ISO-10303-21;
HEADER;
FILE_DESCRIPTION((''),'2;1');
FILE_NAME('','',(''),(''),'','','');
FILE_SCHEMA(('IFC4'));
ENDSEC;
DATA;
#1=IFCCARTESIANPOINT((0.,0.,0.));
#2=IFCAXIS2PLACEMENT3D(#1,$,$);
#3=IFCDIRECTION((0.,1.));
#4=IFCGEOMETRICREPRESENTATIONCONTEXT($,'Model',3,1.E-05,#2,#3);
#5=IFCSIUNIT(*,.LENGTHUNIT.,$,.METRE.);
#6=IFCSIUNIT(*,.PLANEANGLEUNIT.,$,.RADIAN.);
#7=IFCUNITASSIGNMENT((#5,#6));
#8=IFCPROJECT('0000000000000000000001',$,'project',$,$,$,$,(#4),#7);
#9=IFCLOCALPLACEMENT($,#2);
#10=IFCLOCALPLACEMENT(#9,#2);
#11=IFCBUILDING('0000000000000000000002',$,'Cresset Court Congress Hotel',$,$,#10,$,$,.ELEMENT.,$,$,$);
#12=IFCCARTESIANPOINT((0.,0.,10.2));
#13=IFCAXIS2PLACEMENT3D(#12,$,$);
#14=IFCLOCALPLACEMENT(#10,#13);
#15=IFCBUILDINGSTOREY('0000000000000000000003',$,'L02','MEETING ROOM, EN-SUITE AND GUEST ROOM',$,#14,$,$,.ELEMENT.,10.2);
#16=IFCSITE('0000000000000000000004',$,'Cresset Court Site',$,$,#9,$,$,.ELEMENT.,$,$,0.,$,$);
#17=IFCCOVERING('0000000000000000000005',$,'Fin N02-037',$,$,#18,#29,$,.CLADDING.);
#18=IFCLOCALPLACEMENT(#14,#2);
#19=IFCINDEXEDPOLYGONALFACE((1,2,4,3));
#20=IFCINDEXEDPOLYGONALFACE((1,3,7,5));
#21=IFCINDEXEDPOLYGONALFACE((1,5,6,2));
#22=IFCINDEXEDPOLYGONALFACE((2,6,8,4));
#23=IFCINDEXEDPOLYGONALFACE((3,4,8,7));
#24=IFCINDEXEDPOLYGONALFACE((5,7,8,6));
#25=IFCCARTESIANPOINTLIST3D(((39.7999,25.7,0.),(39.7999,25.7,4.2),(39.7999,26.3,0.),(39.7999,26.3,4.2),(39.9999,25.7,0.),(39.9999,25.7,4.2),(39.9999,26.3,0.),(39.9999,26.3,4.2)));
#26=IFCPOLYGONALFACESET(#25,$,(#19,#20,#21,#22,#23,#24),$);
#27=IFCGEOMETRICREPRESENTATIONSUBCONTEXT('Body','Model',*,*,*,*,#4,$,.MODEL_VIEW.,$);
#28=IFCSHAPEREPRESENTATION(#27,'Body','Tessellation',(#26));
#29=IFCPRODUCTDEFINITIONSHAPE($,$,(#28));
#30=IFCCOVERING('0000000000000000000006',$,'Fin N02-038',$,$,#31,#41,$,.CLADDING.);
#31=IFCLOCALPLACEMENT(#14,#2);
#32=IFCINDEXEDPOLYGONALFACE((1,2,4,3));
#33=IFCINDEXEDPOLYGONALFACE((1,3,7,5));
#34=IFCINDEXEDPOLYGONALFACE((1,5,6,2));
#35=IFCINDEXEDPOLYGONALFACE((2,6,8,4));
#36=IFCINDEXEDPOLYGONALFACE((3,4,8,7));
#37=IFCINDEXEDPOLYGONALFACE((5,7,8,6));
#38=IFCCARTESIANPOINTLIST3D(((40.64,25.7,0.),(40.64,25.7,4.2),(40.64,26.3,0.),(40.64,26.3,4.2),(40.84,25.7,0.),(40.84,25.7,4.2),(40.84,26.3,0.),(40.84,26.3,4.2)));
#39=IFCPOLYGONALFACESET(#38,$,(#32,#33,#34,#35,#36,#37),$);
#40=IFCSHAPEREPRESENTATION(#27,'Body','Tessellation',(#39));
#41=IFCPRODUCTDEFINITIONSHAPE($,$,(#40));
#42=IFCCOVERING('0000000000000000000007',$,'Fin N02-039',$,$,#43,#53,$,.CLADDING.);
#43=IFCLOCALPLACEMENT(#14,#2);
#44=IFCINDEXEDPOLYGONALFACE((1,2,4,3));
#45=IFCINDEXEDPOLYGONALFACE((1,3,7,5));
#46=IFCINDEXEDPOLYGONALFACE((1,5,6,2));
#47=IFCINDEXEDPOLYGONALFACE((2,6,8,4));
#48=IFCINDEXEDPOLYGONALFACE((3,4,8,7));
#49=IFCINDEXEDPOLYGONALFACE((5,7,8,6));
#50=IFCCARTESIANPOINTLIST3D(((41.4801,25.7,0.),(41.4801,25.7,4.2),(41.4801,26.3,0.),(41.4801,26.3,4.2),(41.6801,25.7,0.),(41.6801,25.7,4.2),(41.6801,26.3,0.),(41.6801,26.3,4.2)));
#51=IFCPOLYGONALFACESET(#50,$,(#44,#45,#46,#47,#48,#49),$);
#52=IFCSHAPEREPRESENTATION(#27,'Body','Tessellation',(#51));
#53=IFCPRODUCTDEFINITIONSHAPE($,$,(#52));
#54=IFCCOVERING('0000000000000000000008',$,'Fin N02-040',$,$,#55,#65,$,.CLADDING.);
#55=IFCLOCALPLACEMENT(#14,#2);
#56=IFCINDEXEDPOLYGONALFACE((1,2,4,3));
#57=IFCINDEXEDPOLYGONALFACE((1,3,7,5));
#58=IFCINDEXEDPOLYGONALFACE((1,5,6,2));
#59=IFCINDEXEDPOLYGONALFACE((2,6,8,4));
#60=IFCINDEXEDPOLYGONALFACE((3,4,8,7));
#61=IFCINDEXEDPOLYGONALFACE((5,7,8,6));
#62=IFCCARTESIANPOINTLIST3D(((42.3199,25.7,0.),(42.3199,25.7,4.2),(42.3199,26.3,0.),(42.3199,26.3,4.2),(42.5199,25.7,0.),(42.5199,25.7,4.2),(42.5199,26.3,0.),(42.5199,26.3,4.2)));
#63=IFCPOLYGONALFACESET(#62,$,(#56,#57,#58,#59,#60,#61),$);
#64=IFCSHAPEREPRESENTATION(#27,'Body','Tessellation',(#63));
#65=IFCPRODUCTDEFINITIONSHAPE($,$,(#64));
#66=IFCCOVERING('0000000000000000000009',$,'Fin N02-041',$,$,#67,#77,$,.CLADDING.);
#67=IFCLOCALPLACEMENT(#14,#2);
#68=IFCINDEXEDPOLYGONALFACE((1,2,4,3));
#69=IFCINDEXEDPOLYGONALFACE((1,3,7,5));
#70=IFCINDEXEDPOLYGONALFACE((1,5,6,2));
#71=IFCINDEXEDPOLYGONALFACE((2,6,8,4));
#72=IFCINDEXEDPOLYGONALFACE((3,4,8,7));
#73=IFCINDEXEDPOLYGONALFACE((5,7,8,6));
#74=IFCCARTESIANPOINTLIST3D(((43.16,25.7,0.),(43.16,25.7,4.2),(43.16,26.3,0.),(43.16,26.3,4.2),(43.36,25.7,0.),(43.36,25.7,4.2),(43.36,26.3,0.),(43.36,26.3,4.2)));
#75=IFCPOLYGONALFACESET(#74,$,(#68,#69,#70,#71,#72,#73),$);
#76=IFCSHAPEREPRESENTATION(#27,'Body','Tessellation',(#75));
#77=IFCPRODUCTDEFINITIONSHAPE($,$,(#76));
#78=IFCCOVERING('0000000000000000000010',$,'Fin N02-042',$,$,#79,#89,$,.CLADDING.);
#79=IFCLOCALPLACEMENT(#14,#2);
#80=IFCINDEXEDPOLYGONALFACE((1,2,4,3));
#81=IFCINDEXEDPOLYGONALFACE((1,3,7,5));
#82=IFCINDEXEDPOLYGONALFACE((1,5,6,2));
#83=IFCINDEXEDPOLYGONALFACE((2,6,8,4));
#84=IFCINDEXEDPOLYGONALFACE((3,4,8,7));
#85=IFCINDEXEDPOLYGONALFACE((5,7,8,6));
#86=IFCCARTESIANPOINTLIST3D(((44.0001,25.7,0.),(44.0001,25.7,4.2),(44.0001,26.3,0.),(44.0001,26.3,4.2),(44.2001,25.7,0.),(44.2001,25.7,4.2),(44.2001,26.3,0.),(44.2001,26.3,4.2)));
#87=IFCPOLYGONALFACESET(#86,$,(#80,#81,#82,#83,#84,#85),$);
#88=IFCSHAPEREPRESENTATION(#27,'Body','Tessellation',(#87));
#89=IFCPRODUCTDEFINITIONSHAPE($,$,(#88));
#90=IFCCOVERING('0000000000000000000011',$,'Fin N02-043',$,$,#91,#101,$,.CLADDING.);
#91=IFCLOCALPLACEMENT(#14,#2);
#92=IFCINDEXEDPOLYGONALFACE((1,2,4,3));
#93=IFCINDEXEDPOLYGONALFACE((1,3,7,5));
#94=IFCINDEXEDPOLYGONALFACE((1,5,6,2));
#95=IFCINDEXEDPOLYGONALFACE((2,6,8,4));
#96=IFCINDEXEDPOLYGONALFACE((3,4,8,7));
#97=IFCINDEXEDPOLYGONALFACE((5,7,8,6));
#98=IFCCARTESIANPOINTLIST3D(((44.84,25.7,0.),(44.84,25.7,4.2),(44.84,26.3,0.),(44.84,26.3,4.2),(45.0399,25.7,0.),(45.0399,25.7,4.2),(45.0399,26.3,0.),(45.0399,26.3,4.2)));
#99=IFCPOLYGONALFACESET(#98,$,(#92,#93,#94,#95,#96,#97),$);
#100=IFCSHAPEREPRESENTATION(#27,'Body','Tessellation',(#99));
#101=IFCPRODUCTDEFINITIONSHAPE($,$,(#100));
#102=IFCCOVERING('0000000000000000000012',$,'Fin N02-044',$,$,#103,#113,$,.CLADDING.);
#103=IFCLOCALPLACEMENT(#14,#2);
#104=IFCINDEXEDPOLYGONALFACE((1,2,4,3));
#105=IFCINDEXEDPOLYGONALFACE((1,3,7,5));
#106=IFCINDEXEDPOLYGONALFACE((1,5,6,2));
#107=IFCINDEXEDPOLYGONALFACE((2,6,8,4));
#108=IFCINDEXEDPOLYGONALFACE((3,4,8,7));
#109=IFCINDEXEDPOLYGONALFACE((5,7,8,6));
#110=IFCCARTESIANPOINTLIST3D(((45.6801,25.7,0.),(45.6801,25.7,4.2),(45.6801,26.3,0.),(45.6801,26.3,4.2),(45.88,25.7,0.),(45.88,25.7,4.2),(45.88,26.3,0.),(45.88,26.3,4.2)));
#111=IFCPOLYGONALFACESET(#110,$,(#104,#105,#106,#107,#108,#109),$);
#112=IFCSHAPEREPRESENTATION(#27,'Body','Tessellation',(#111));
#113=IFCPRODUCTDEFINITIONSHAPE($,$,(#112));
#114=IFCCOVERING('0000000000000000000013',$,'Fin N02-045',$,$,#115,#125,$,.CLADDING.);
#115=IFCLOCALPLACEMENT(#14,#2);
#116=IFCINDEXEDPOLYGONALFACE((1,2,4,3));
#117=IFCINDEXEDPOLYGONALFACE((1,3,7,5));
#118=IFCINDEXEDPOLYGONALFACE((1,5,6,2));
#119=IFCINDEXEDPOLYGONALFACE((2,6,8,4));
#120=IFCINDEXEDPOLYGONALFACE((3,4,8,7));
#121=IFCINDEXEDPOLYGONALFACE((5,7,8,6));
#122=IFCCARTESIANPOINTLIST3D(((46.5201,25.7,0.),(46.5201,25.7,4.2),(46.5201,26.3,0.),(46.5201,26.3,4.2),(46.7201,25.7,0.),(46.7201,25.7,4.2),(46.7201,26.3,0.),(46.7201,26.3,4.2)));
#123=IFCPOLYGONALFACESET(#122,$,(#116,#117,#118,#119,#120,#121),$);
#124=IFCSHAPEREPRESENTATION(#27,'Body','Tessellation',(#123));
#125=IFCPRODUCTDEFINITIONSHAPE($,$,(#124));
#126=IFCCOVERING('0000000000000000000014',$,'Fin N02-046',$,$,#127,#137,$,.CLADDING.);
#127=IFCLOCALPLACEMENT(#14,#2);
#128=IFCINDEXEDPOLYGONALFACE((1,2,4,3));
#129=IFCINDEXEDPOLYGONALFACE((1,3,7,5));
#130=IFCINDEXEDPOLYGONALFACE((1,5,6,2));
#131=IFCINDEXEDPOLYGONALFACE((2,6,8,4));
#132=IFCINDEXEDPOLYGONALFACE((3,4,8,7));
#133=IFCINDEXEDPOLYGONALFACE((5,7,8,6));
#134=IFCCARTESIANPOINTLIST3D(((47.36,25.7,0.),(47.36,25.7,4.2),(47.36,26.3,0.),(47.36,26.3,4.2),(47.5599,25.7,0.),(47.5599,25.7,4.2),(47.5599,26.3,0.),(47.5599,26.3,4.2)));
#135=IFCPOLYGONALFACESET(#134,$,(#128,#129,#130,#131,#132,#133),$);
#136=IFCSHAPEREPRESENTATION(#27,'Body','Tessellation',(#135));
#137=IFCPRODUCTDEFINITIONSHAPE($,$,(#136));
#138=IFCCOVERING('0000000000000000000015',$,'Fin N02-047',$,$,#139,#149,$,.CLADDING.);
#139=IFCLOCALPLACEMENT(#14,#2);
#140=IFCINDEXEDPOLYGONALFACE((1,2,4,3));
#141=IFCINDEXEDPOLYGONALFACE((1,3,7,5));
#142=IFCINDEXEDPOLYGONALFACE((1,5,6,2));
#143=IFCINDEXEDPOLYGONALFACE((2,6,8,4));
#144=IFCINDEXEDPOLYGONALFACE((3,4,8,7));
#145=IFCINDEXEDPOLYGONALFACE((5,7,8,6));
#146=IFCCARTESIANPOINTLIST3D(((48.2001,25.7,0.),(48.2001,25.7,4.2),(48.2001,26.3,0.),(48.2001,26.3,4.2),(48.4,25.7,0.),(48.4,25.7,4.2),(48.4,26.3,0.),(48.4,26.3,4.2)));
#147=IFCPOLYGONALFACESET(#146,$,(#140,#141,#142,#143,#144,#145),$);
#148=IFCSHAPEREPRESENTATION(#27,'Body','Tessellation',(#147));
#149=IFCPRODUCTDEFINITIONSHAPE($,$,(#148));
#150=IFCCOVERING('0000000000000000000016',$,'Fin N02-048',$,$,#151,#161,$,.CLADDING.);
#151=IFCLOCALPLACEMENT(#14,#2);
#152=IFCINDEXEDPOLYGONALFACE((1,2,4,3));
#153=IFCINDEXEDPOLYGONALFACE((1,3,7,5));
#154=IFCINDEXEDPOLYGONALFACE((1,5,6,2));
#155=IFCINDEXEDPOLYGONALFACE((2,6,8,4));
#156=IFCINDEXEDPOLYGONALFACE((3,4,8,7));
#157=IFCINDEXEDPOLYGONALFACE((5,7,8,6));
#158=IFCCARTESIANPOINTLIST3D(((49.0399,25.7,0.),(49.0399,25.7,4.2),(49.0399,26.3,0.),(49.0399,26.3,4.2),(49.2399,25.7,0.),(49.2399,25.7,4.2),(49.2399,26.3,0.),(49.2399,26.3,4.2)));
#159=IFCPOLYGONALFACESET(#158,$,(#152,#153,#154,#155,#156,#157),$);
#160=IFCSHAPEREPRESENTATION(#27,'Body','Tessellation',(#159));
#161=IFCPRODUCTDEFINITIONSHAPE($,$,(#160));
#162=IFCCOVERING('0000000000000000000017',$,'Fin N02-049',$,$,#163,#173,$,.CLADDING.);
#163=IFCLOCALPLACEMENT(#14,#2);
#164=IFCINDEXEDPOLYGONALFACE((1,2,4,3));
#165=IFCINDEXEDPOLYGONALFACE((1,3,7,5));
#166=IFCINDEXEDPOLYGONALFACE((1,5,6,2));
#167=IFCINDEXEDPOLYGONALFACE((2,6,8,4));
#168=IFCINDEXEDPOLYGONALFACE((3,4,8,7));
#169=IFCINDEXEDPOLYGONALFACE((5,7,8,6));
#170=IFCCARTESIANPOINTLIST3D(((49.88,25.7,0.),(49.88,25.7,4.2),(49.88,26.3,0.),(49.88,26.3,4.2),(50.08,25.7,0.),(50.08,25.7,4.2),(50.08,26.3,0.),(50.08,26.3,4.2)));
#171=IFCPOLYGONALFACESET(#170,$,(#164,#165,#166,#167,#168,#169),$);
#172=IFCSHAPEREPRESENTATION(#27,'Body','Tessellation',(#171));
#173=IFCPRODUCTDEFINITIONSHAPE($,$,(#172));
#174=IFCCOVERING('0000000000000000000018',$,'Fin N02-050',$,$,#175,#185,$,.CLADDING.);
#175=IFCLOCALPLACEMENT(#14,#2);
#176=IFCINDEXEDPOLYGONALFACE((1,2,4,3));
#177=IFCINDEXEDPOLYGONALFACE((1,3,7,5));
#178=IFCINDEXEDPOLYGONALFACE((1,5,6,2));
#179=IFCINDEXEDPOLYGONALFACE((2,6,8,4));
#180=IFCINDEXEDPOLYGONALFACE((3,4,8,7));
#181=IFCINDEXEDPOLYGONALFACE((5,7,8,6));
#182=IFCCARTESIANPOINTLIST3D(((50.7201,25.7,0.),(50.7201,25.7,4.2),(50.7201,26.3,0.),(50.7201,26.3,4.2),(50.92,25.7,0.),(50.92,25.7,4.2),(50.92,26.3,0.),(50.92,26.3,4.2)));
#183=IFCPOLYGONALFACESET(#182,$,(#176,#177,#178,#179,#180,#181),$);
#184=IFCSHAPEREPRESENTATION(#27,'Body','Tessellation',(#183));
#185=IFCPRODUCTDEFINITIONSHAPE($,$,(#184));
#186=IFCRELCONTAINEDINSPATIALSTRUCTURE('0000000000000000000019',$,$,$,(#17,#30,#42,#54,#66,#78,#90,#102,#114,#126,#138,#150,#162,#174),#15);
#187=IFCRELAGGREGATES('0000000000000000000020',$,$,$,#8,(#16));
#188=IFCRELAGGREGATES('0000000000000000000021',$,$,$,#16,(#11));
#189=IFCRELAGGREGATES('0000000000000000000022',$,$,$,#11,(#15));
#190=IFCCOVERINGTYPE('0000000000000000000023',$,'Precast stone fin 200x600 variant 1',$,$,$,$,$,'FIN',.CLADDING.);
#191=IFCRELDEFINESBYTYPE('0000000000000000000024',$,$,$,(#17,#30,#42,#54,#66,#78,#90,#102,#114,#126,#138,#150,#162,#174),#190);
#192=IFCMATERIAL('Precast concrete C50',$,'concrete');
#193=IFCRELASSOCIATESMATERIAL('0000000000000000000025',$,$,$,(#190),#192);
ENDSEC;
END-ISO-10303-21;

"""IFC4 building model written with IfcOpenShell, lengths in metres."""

from ifc_helpers import new_model, si_unit, direction, frame, origin, origin_2d, place, context, subcontext, project, spatial, rectangle, extrude, material, type_object, element, save


model = new_model("IFC4")

# Units and contexts
model_context = context("Model", 3, precision=1e-05, world=origin(), true_north=direction((0.0, 1.0)))
body_context = subcontext(model_context, "Body", "Model", "MODEL_VIEW")
ifc_project = project(units=[si_unit("LENGTHUNIT", "METRE"), si_unit("PLANEANGLEUNIT", "RADIAN")], contexts=[model_context])

# Site, building, storey
site_placement = place(None, origin())
site = spatial("IfcSite", under=ifc_project, at=site_placement, Name="Cresset Court Site", CompositionType="ELEMENT", RefElevation=0.0)
building_placement = place(site_placement, origin())
building = spatial("IfcBuilding", under=site, at=building_placement, Name="Cresset Court Congress Hotel", CompositionType="ELEMENT")
storey_placement = place(building_placement, frame((0.0, 0.0, 10.2)))
storey = spatial("IfcBuildingStorey", under=building, at=storey_placement, Name="L02", Description="MEETING ROOM, EN-SUITE AND GUEST ROOM", CompositionType="ELEMENT", Elevation=10.2)

# Coverings
ifc_material_1 = material(Name="Precast concrete C50", Category="concrete")
covering_type = type_object("IfcCoveringType", Name="Precast stone fin 200x600 variant 1", ElementType="FIN", PredefinedType="CLADDING", material=ifc_material_1)
for number, where, z_axis, x_axis, name in (
    (1, (39.8999, 26.0, 0.0), (0.0, 0.0, 1.0), (1.0, 0.0, 0.0), "Fin N02-037"),
    (2, (40.74, 26.0, 0.0), (0.0, 0.0, 1.0), (1.0, 0.0, 0.0), "Fin N02-038"),
    (3, (41.5801, 26.0, 0.0), (0.0, 0.0, 1.0), (1.0, 0.0, 0.0), "Fin N02-039"),
    (4, (42.4199, 26.0, 0.0), (0.0, 0.0, 1.0), (1.0, 0.0, 0.0), "Fin N02-040"),
    (5, (43.26, 26.0, 0.0), (0.0, 0.0, 1.0), (1.0, 0.0, 0.0), "Fin N02-041"),
    (6, (44.1001, 26.0, 0.0), (0.0, 0.0, 1.0), (1.0, 0.0, 0.0), "Fin N02-042"),
    (7, (44.9399, 26.0, 0.0), (0.0, 0.0, 1.0), (1.0, 0.0, 0.0), "Fin N02-043"),
    (8, (45.78, 26.0, 0.0), (0.0, 0.0, 1.0), (1.0, 0.0, 0.0), "Fin N02-044"),
    (9, (46.6201, 26.0, 0.0), (0.0, 0.0, 1.0), (1.0, 0.0, 0.0), "Fin N02-045"),
    (10, (47.46, 26.0, 0.0), (0.0, 0.0, 1.0), (1.0, 0.0, 0.0), "Fin N02-046"),
    (11, (48.3, 26.0, 0.0), (0.0, 0.0, 1.0), (1.0, 0.0, 0.0), "Fin N02-047"),
    (12, (49.1399, 26.0, 0.0), (0.0, 0.0, 1.0), (1.0, 0.0, 0.0), "Fin N02-048"),
    (13, (49.98, 26.0, 0.0), (0.0, 0.0, 1.0), (1.0, 0.0, 0.0), "Fin N02-049"),
    (14, (50.8201, 26.0, 0.0), (0.0, 0.0, 1.0), (1.0, 0.0, 0.0), "Fin N02-050"),
):
    element("IfcCovering", number, at=place(storey_placement, frame(where, z_axis=z_axis, x_axis=x_axis)), inside=storey, type_object=covering_type, Name=name, PredefinedType="CLADDING", context=body_context, shape_type="SweptSolid", body=[
        extrude(rectangle(XDim=0.2, YDim=0.6001, at=origin_2d()), origin(), (0.0, 0.0, 1.0), 4.2),
    ])

save(model, "model.ifc")
